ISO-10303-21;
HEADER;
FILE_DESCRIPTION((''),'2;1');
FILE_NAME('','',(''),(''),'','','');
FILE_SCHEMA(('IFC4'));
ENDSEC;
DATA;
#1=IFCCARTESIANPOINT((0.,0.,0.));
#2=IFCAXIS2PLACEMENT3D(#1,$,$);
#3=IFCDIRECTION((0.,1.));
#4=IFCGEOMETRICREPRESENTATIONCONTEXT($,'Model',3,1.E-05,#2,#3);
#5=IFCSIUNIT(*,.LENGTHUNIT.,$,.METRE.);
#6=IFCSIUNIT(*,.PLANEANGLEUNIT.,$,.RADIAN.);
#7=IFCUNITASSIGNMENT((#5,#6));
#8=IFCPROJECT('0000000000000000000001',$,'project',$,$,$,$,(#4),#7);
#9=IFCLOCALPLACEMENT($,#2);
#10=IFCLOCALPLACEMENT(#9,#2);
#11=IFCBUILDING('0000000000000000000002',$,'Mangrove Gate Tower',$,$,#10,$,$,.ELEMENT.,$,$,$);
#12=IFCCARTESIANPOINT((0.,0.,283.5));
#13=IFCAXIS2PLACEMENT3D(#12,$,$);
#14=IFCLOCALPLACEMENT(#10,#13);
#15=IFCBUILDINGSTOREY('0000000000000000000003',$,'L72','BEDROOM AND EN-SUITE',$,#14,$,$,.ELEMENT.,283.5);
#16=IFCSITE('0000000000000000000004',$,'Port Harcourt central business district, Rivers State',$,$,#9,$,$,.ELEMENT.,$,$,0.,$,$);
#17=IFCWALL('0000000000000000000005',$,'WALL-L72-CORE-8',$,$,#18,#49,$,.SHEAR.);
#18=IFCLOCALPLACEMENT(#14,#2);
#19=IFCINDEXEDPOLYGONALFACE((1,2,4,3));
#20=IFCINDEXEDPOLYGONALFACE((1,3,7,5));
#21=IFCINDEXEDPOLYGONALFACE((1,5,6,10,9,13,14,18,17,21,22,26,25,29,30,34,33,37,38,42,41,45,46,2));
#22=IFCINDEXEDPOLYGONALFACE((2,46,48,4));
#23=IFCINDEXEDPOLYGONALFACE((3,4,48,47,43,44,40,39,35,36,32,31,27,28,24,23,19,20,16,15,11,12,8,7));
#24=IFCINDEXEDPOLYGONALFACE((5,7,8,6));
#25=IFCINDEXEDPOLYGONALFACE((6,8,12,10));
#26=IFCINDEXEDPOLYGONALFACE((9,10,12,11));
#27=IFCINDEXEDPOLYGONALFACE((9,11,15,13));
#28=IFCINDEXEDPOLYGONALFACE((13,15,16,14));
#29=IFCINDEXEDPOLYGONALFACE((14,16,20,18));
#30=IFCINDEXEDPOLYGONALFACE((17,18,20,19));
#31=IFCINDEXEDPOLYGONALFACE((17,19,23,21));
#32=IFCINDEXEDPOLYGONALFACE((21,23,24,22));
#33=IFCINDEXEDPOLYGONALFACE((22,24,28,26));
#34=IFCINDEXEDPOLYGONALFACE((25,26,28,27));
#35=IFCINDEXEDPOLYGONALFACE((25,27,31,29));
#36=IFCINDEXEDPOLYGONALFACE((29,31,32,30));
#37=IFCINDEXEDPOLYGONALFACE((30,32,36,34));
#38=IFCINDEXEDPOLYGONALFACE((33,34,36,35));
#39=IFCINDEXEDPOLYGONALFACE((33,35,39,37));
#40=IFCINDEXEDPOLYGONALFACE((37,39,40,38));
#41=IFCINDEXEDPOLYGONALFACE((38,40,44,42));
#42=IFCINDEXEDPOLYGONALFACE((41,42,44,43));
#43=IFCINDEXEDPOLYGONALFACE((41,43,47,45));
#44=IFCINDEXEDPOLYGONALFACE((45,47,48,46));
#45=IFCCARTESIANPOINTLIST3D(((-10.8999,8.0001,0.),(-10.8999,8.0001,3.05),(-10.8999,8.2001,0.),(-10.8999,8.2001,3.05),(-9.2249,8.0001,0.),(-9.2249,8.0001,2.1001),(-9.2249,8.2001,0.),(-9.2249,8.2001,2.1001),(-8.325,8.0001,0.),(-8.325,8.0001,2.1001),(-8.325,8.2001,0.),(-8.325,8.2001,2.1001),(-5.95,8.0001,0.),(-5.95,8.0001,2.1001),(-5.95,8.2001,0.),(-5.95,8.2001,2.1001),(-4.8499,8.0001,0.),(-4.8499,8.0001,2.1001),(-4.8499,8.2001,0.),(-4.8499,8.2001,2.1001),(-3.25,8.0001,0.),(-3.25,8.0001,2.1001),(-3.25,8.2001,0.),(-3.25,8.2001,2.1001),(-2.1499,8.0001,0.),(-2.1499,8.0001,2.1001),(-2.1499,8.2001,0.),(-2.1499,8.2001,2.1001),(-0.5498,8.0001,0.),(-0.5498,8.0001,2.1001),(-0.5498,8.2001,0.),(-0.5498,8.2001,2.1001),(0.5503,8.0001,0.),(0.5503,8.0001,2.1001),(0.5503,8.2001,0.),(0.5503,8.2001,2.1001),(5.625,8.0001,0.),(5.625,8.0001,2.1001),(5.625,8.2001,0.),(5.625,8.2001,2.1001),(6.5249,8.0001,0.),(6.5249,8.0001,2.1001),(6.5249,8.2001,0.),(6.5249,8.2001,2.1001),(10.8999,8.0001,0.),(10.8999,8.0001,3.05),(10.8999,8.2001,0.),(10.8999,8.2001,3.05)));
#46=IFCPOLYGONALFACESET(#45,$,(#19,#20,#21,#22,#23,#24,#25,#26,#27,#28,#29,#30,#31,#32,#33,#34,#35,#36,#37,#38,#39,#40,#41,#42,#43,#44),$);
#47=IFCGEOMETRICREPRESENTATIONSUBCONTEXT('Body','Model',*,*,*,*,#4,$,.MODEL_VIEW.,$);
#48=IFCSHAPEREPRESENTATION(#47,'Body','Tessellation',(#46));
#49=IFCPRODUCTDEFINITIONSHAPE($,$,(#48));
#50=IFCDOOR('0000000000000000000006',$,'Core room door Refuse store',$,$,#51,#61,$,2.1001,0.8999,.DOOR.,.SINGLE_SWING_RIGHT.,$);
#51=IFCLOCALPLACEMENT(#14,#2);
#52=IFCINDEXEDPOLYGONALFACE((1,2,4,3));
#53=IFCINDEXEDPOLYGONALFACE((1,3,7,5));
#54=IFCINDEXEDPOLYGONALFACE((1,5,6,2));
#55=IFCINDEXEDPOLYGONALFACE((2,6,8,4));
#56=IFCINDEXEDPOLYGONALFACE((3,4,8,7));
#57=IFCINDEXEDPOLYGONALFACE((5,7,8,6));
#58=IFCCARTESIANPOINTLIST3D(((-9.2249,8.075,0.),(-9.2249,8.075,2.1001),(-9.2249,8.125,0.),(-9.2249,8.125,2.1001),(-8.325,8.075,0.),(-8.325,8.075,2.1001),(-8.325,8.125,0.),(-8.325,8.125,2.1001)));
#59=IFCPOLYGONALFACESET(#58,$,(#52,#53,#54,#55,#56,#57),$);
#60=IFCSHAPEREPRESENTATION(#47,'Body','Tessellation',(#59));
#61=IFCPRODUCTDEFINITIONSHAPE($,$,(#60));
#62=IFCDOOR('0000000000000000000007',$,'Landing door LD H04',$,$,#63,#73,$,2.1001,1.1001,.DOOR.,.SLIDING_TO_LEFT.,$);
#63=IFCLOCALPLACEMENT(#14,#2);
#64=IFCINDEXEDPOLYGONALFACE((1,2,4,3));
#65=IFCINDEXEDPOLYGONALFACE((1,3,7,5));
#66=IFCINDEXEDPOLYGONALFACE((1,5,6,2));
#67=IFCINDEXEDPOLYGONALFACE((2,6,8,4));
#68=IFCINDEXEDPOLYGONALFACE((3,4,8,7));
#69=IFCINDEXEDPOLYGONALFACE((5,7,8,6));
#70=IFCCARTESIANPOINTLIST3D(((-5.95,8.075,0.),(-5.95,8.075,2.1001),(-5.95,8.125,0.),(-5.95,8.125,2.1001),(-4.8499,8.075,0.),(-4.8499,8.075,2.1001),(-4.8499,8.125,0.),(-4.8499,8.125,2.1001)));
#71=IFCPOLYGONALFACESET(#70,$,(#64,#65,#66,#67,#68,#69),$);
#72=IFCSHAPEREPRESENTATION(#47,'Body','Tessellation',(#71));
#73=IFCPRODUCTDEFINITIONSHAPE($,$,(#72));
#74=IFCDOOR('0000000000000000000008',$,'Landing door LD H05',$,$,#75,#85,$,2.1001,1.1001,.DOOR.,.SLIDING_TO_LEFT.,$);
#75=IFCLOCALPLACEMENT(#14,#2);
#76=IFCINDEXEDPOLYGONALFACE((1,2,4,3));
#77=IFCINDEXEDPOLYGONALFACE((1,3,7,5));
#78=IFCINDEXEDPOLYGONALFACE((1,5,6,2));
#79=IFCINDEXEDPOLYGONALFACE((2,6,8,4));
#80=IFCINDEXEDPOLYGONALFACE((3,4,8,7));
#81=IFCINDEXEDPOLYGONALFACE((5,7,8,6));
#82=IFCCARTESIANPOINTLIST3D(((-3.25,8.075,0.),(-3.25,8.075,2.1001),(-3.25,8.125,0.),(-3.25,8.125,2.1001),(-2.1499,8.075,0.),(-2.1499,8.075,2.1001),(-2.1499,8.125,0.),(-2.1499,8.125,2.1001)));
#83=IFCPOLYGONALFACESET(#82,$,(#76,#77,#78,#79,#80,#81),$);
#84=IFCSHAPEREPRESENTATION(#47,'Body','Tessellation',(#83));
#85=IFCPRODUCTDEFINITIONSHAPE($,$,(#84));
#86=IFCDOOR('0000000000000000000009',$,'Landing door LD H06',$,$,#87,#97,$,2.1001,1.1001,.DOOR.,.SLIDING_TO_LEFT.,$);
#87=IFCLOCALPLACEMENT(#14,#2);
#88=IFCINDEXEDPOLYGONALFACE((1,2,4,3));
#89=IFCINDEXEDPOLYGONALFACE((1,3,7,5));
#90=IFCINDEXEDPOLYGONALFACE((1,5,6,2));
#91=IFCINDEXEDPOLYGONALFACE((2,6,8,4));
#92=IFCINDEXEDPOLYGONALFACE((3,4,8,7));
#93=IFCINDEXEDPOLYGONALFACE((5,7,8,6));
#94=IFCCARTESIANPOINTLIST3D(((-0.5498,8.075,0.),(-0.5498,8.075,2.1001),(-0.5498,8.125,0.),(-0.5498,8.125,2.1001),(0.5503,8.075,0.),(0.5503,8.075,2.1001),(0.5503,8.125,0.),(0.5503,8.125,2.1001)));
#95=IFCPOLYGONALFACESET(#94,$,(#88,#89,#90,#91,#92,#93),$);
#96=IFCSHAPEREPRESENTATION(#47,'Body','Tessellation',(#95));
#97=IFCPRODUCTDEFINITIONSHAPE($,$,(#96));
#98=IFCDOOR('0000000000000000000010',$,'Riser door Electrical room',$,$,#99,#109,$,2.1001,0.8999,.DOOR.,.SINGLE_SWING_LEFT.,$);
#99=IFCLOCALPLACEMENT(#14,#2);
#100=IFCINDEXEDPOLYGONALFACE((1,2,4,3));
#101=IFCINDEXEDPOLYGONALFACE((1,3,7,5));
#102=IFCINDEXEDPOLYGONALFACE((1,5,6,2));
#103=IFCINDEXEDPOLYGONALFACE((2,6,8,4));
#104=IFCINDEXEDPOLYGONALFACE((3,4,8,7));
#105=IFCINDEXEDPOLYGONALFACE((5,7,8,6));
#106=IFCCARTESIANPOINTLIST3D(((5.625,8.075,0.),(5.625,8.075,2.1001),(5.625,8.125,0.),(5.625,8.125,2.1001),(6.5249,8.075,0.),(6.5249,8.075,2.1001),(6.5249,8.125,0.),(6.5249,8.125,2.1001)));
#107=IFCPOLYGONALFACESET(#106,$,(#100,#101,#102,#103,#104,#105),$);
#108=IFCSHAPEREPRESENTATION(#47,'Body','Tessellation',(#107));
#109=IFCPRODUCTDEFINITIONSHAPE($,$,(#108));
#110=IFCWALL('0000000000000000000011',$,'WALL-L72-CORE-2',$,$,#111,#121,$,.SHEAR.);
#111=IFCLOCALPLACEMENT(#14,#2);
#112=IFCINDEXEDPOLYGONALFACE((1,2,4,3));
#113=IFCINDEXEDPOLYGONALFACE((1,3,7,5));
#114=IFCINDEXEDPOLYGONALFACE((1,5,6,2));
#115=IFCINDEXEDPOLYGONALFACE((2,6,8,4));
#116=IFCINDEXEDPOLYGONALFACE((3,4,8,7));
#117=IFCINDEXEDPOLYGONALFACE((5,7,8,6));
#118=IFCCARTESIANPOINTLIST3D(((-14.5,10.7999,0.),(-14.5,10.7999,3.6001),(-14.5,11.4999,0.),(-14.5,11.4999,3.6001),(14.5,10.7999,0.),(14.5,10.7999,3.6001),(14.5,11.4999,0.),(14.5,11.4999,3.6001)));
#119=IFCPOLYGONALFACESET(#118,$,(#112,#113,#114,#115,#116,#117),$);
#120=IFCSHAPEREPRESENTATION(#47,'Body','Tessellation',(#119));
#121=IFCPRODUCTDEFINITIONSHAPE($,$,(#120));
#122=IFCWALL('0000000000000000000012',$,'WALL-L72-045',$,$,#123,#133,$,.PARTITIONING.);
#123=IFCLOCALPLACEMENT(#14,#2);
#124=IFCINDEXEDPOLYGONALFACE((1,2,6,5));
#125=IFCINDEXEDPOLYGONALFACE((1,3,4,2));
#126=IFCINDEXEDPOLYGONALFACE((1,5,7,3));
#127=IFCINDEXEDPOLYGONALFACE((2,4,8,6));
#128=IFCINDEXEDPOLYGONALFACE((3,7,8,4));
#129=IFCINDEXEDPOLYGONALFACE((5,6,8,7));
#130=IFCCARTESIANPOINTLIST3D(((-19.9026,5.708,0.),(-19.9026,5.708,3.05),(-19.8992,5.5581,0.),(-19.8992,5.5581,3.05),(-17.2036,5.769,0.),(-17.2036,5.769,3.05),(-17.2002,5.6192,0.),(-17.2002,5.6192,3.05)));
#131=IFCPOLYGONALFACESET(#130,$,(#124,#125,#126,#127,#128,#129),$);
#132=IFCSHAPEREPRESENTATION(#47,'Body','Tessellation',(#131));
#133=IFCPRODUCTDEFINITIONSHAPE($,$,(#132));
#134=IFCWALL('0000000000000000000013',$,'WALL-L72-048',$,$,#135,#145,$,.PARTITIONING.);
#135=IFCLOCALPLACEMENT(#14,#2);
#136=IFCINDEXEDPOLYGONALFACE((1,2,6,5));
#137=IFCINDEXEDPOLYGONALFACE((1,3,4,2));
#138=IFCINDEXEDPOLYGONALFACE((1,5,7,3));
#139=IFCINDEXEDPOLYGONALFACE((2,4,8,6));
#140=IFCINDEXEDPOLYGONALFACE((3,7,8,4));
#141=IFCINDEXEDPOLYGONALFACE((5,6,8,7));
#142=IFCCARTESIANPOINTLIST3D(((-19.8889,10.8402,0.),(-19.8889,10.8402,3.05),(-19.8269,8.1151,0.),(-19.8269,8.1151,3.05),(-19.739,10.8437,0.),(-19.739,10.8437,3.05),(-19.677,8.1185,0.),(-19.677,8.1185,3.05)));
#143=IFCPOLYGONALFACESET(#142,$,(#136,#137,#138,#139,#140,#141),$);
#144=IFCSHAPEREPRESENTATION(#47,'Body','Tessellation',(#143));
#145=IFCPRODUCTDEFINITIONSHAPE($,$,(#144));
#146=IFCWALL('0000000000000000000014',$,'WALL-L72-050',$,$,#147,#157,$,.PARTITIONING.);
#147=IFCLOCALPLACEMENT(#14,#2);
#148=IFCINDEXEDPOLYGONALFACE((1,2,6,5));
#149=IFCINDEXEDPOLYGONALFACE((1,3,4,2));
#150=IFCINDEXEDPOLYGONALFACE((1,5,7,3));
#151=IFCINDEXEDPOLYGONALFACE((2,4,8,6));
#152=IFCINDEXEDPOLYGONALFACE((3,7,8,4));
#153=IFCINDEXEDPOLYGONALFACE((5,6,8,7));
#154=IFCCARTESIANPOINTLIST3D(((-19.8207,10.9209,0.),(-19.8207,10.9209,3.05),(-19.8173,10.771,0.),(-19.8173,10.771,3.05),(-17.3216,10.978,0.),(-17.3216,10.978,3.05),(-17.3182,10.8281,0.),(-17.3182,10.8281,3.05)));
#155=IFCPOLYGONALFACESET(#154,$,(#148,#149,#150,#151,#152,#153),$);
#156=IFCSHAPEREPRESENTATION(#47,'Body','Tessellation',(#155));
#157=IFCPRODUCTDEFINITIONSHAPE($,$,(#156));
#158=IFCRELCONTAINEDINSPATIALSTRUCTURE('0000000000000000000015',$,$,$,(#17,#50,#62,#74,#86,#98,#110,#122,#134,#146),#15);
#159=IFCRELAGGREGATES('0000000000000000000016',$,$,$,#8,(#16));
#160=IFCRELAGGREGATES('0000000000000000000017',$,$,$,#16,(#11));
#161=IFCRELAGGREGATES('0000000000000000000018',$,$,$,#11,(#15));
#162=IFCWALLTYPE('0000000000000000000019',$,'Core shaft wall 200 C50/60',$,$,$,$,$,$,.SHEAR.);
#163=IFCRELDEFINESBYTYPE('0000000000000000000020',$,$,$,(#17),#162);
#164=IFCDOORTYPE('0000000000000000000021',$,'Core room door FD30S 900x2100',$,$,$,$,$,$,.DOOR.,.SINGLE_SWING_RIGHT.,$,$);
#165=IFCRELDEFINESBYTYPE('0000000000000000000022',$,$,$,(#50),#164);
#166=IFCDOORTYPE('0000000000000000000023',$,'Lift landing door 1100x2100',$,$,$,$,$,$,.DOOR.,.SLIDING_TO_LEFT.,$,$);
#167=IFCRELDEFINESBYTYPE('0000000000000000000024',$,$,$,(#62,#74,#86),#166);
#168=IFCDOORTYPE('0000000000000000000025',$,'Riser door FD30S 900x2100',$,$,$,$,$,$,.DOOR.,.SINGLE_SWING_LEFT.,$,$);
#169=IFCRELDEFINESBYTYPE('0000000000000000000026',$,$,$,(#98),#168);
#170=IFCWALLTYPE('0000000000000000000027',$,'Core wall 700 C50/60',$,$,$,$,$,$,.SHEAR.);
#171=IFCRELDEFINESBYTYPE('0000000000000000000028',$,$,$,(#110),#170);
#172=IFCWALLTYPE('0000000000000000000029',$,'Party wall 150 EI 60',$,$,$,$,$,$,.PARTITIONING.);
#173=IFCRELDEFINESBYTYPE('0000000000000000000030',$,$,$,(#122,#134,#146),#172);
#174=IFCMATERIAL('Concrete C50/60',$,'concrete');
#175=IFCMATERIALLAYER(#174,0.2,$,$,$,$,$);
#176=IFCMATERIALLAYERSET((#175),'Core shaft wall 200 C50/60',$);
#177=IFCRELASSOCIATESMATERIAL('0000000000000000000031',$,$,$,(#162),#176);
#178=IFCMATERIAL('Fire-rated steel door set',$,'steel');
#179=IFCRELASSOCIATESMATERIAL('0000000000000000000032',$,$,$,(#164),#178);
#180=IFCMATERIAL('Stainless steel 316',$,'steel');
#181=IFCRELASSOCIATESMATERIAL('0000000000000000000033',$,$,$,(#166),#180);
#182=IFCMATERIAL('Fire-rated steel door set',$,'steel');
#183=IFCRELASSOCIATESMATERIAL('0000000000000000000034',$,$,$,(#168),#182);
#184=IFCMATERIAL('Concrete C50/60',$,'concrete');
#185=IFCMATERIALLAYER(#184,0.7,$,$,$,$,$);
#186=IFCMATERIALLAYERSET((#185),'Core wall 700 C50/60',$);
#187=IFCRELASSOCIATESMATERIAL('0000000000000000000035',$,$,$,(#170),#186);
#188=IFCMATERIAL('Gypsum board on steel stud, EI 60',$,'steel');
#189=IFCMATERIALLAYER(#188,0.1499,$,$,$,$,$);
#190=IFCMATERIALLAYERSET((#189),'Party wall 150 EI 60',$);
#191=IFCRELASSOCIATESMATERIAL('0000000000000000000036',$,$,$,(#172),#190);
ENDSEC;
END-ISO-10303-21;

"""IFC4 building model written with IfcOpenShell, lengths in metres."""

from ifc_helpers import new_model, si_unit, direction, frame, frame_2d, origin, place, context, subcontext, project, spatial, rectangle, extrude, material, layer, layer_set, type_object, element, fill, save


model = new_model("IFC4")

# Units and contexts
model_context = context("Model", 3, precision=1e-05, world=origin(), true_north=direction((0.0, 1.0)))
body_context = subcontext(model_context, "Body", "Model", "MODEL_VIEW")
ifc_project = project(units=[si_unit("LENGTHUNIT", "METRE"), si_unit("PLANEANGLEUNIT", "RADIAN")], contexts=[model_context])

# Site, building, storey
site_placement = place(None, origin())
site = spatial("IfcSite", under=ifc_project, at=site_placement, Name="Port Harcourt central business district, Rivers State", CompositionType="ELEMENT", RefElevation=0.0)
building_placement = place(site_placement, origin())
building = spatial("IfcBuilding", under=site, at=building_placement, Name="Mangrove Gate Tower", CompositionType="ELEMENT")
storey_placement = place(building_placement, frame((0.0, 0.0, 283.5)))
storey = spatial("IfcBuildingStorey", under=building, at=storey_placement, Name="L72", Description="BEDROOM AND EN-SUITE", CompositionType="ELEMENT", Elevation=283.5)

# Wall, openings, doors
ifc_material_1 = material(Name="Concrete C50/60", Category="concrete")
ifc_layer_1 = layer(ifc_material_1, 0.2)
ifc_layer_set_1 = layer_set([ifc_layer_1], Name="Core shaft wall 200 C50/60")
wall_type_1 = type_object("IfcWallType", Name="Core shaft wall 200 C50/60", PredefinedType="SHEAR", material=ifc_layer_set_1)
wall_1_placement = place(storey_placement, frame((-10.8999, 8.1001, 0.0), z_axis=(0.0, 0.0, 1.0), x_axis=(1.0, 0.0, 0.0)))
wall_1 = element("IfcWall", 1, at=wall_1_placement, inside=storey, type_object=wall_type_1, Name="WALL-L72-CORE-8", PredefinedType="SHEAR", context=body_context, shape_type="SweptSolid", body=[
    extrude(rectangle(XDim=21.7998, YDim=0.2, at=frame_2d((10.8999, 0.0))), origin(), (0.0, 0.0, 1.0), 3.05),
])
opening_1_placement = place(wall_1_placement, frame((4.95, 0.0, 0.0)))
opening_1 = element("IfcOpeningElement", 2, at=opening_1_placement, cuts=wall_1, PredefinedType="OPENING", context=body_context, shape_type="SweptSolid", body=[
    extrude(rectangle(XDim=1.1001, YDim=2.1001, at=frame_2d((0.55, 1.05))), frame((0.0, 0.1099, 0.0), z_axis=(0.0, -1.0, 0.0), x_axis=(1.0, 0.0, 0.0)), (0.0, 0.0, 1.0), 0.22),
])
opening_2_placement = place(wall_1_placement, frame((7.6499, 0.0, 0.0)))
opening_2 = element("IfcOpeningElement", 3, at=opening_2_placement, cuts=wall_1, PredefinedType="OPENING", context=body_context, shape_type="SweptSolid", body=[
    extrude(rectangle(XDim=1.1001, YDim=2.1001, at=frame_2d((0.55, 1.05))), frame((0.0, 0.1099, 0.0), z_axis=(0.0, -1.0, 0.0), x_axis=(1.0, 0.0, 0.0)), (0.0, 0.0, 1.0), 0.22),
])
opening_3_placement = place(wall_1_placement, frame((10.3501, 0.0, 0.0)))
opening_3 = element("IfcOpeningElement", 4, at=opening_3_placement, cuts=wall_1, PredefinedType="OPENING", context=body_context, shape_type="SweptSolid", body=[
    extrude(rectangle(XDim=1.1001, YDim=2.1001, at=frame_2d((0.55, 1.05))), frame((0.0, 0.1099, 0.0), z_axis=(0.0, -1.0, 0.0), x_axis=(1.0, 0.0, 0.0)), (0.0, 0.0, 1.0), 0.22),
])
opening_4_placement = place(wall_1_placement, frame((1.675, 0.0, 0.0)))
opening_4 = element("IfcOpeningElement", 5, at=opening_4_placement, cuts=wall_1, PredefinedType="OPENING", context=body_context, shape_type="SweptSolid", body=[
    extrude(rectangle(XDim=0.8999, YDim=2.1001, at=frame_2d((0.45, 1.05))), frame((0.0, 0.1099, 0.0), z_axis=(0.0, -1.0, 0.0), x_axis=(1.0, 0.0, 0.0)), (0.0, 0.0, 1.0), 0.22),
])
opening_5_placement = place(wall_1_placement, frame((16.5249, 0.0, 0.0)))
opening_5 = element("IfcOpeningElement", 6, at=opening_5_placement, cuts=wall_1, PredefinedType="OPENING", context=body_context, shape_type="SweptSolid", body=[
    extrude(rectangle(XDim=0.8999, YDim=2.1001, at=frame_2d((0.45, 1.05))), frame((0.0, 0.1099, 0.0), z_axis=(0.0, -1.0, 0.0), x_axis=(1.0, 0.0, 0.0)), (0.0, 0.0, 1.0), 0.22),
])
ifc_material_2 = material(Name="Fire-rated steel door set", Category="steel")
door_type_1 = type_object("IfcDoorType", Name="Core room door FD30S 900x2100", OperationType="SINGLE_SWING_RIGHT", PredefinedType="DOOR", material=ifc_material_2)
door_1_placement = place(opening_4_placement, origin())
door_1 = element("IfcDoor", 7, at=door_1_placement, inside=storey, type_object=door_type_1, Name="Core room door Refuse store", OperationType="SINGLE_SWING_RIGHT", OverallHeight=2.1001, OverallWidth=0.8999, PredefinedType="DOOR", context=body_context, shape_type="SweptSolid", body=[
    extrude(rectangle(XDim=0.8999, YDim=2.1001, at=frame_2d((0.45, 1.05))), frame((0.0, 0.0249, 0.0), z_axis=(0.0, -1.0, 0.0), x_axis=(1.0, 0.0, 0.0)), (0.0, 0.0, 1.0), 0.05),
])
fill(opening_4, door_1)
ifc_material_3 = material(Name="Stainless steel 316", Category="steel")
door_type_2 = type_object("IfcDoorType", Name="Lift landing door 1100x2100", OperationType="SLIDING_TO_LEFT", PredefinedType="DOOR", material=ifc_material_3)
door_2_placement = place(opening_1_placement, origin())
door_2 = element("IfcDoor", 8, at=door_2_placement, inside=storey, type_object=door_type_2, Name="Landing door LD H04", OperationType="SLIDING_TO_LEFT", OverallHeight=2.1001, OverallWidth=1.1001, PredefinedType="DOOR", context=body_context, shape_type="SweptSolid", body=[
    extrude(rectangle(XDim=1.1001, YDim=2.1001, at=frame_2d((0.55, 1.05))), frame((0.0, 0.0249, 0.0), z_axis=(0.0, -1.0, 0.0), x_axis=(1.0, 0.0, 0.0)), (0.0, 0.0, 1.0), 0.05),
])
fill(opening_1, door_2)
door_3_placement = place(opening_2_placement, origin())
door_3 = element("IfcDoor", 9, at=door_3_placement, inside=storey, type_object=door_type_2, Name="Landing door LD H05", OperationType="SLIDING_TO_LEFT", OverallHeight=2.1001, OverallWidth=1.1001, PredefinedType="DOOR", context=body_context, shape_type="SweptSolid", body=[
    extrude(rectangle(XDim=1.1001, YDim=2.1001, at=frame_2d((0.55, 1.05))), frame((0.0, 0.0249, 0.0), z_axis=(0.0, -1.0, 0.0), x_axis=(1.0, 0.0, 0.0)), (0.0, 0.0, 1.0), 0.05),
])
fill(opening_2, door_3)
door_4_placement = place(opening_3_placement, origin())
door_4 = element("IfcDoor", 10, at=door_4_placement, inside=storey, type_object=door_type_2, Name="Landing door LD H06", OperationType="SLIDING_TO_LEFT", OverallHeight=2.1001, OverallWidth=1.1001, PredefinedType="DOOR", context=body_context, shape_type="SweptSolid", body=[
    extrude(rectangle(XDim=1.1001, YDim=2.1001, at=frame_2d((0.55, 1.05))), frame((0.0, 0.0249, 0.0), z_axis=(0.0, -1.0, 0.0), x_axis=(1.0, 0.0, 0.0)), (0.0, 0.0, 1.0), 0.05),
])
fill(opening_3, door_4)
ifc_material_4 = material(Name="Fire-rated steel door set", Category="steel")
door_type_3 = type_object("IfcDoorType", Name="Riser door FD30S 900x2100", OperationType="SINGLE_SWING_LEFT", PredefinedType="DOOR", material=ifc_material_4)
door_5_placement = place(opening_5_placement, origin())
door_5 = element("IfcDoor", 11, at=door_5_placement, inside=storey, type_object=door_type_3, Name="Riser door Electrical room", OperationType="SINGLE_SWING_LEFT", OverallHeight=2.1001, OverallWidth=0.8999, PredefinedType="DOOR", context=body_context, shape_type="SweptSolid", body=[
    extrude(rectangle(XDim=0.8999, YDim=2.1001, at=frame_2d((0.45, 1.05))), frame((0.0, 0.0249, 0.0), z_axis=(0.0, -1.0, 0.0), x_axis=(1.0, 0.0, 0.0)), (0.0, 0.0, 1.0), 0.05),
])
fill(opening_5, door_5)

# Walls
ifc_material_5 = material(Name="Concrete C50/60", Category="concrete")
ifc_layer_2 = layer(ifc_material_5, 0.7)
ifc_layer_set_2 = layer_set([ifc_layer_2], Name="Core wall 700 C50/60")
wall_type_2 = type_object("IfcWallType", Name="Core wall 700 C50/60", PredefinedType="SHEAR", material=ifc_layer_set_2)
wall_2_placement = place(storey_placement, frame((-14.5, 11.1499, 0.0), z_axis=(0.0, 0.0, 1.0), x_axis=(1.0, 0.0, 0.0)))
element("IfcWall", 12, at=wall_2_placement, inside=storey, type_object=wall_type_2, Name="WALL-L72-CORE-2", PredefinedType="SHEAR", context=body_context, shape_type="SweptSolid", body=[
    extrude(rectangle(XDim=29.0, YDim=0.7, at=frame_2d((14.5, 0.0))), origin(), (0.0, 0.0, 1.0), 3.6001),
])
ifc_material_6 = material(Name="Gypsum board on steel stud, EI 60", Category="steel")
ifc_layer_3 = layer(ifc_material_6, 0.1499)
ifc_layer_set_3 = layer_set([ifc_layer_3], Name="Party wall 150 EI 60")
wall_type_3 = type_object("IfcWallType", Name="Party wall 150 EI 60", PredefinedType="PARTITIONING", material=ifc_layer_set_3)
wall_3_placement = place(storey_placement, frame((-19.9009, 5.6331, 0.0), z_axis=(0.0, 0.0, 1.0), x_axis=(0.999744, 0.022608, 0.0)))
element("IfcWall", 13, at=wall_3_placement, inside=storey, type_object=wall_type_3, Name="WALL-L72-045", PredefinedType="PARTITIONING", context=body_context, shape_type="SweptSolid", body=[
    extrude(rectangle(XDim=2.6997, YDim=0.1499, at=frame_2d((1.3499, 0.0))), origin(), (0.0, 0.0, 1.0), 3.05),
])
wall_4_placement = place(storey_placement, frame((-19.752, 8.1169, 0.0), z_axis=(0.0, 0.0, 1.0), x_axis=(-0.02275, 0.999741, 0.0)))
element("IfcWall", 14, at=wall_4_placement, inside=storey, type_object=wall_type_3, Name="WALL-L72-048", PredefinedType="PARTITIONING", context=body_context, shape_type="SweptSolid", body=[
    extrude(rectangle(XDim=2.7258, YDim=0.1499, at=frame_2d((1.3628, 0.0))), origin(), (0.0, 0.0, 1.0), 3.05),
])
wall_5_placement = place(storey_placement, frame((-19.8191, 10.8459, 0.0), z_axis=(0.0, 0.0, 1.0), x_axis=(0.999739, 0.022855, 0.0)))
element("IfcWall", 15, at=wall_5_placement, inside=storey, type_object=wall_type_3, Name="WALL-L72-050", PredefinedType="PARTITIONING", context=body_context, shape_type="SweptSolid", body=[
    extrude(rectangle(XDim=2.4998, YDim=0.1499, at=frame_2d((1.25, 0.0))), origin(), (0.0, 0.0, 1.0), 3.05),
])

save(model, "model.ifc")
